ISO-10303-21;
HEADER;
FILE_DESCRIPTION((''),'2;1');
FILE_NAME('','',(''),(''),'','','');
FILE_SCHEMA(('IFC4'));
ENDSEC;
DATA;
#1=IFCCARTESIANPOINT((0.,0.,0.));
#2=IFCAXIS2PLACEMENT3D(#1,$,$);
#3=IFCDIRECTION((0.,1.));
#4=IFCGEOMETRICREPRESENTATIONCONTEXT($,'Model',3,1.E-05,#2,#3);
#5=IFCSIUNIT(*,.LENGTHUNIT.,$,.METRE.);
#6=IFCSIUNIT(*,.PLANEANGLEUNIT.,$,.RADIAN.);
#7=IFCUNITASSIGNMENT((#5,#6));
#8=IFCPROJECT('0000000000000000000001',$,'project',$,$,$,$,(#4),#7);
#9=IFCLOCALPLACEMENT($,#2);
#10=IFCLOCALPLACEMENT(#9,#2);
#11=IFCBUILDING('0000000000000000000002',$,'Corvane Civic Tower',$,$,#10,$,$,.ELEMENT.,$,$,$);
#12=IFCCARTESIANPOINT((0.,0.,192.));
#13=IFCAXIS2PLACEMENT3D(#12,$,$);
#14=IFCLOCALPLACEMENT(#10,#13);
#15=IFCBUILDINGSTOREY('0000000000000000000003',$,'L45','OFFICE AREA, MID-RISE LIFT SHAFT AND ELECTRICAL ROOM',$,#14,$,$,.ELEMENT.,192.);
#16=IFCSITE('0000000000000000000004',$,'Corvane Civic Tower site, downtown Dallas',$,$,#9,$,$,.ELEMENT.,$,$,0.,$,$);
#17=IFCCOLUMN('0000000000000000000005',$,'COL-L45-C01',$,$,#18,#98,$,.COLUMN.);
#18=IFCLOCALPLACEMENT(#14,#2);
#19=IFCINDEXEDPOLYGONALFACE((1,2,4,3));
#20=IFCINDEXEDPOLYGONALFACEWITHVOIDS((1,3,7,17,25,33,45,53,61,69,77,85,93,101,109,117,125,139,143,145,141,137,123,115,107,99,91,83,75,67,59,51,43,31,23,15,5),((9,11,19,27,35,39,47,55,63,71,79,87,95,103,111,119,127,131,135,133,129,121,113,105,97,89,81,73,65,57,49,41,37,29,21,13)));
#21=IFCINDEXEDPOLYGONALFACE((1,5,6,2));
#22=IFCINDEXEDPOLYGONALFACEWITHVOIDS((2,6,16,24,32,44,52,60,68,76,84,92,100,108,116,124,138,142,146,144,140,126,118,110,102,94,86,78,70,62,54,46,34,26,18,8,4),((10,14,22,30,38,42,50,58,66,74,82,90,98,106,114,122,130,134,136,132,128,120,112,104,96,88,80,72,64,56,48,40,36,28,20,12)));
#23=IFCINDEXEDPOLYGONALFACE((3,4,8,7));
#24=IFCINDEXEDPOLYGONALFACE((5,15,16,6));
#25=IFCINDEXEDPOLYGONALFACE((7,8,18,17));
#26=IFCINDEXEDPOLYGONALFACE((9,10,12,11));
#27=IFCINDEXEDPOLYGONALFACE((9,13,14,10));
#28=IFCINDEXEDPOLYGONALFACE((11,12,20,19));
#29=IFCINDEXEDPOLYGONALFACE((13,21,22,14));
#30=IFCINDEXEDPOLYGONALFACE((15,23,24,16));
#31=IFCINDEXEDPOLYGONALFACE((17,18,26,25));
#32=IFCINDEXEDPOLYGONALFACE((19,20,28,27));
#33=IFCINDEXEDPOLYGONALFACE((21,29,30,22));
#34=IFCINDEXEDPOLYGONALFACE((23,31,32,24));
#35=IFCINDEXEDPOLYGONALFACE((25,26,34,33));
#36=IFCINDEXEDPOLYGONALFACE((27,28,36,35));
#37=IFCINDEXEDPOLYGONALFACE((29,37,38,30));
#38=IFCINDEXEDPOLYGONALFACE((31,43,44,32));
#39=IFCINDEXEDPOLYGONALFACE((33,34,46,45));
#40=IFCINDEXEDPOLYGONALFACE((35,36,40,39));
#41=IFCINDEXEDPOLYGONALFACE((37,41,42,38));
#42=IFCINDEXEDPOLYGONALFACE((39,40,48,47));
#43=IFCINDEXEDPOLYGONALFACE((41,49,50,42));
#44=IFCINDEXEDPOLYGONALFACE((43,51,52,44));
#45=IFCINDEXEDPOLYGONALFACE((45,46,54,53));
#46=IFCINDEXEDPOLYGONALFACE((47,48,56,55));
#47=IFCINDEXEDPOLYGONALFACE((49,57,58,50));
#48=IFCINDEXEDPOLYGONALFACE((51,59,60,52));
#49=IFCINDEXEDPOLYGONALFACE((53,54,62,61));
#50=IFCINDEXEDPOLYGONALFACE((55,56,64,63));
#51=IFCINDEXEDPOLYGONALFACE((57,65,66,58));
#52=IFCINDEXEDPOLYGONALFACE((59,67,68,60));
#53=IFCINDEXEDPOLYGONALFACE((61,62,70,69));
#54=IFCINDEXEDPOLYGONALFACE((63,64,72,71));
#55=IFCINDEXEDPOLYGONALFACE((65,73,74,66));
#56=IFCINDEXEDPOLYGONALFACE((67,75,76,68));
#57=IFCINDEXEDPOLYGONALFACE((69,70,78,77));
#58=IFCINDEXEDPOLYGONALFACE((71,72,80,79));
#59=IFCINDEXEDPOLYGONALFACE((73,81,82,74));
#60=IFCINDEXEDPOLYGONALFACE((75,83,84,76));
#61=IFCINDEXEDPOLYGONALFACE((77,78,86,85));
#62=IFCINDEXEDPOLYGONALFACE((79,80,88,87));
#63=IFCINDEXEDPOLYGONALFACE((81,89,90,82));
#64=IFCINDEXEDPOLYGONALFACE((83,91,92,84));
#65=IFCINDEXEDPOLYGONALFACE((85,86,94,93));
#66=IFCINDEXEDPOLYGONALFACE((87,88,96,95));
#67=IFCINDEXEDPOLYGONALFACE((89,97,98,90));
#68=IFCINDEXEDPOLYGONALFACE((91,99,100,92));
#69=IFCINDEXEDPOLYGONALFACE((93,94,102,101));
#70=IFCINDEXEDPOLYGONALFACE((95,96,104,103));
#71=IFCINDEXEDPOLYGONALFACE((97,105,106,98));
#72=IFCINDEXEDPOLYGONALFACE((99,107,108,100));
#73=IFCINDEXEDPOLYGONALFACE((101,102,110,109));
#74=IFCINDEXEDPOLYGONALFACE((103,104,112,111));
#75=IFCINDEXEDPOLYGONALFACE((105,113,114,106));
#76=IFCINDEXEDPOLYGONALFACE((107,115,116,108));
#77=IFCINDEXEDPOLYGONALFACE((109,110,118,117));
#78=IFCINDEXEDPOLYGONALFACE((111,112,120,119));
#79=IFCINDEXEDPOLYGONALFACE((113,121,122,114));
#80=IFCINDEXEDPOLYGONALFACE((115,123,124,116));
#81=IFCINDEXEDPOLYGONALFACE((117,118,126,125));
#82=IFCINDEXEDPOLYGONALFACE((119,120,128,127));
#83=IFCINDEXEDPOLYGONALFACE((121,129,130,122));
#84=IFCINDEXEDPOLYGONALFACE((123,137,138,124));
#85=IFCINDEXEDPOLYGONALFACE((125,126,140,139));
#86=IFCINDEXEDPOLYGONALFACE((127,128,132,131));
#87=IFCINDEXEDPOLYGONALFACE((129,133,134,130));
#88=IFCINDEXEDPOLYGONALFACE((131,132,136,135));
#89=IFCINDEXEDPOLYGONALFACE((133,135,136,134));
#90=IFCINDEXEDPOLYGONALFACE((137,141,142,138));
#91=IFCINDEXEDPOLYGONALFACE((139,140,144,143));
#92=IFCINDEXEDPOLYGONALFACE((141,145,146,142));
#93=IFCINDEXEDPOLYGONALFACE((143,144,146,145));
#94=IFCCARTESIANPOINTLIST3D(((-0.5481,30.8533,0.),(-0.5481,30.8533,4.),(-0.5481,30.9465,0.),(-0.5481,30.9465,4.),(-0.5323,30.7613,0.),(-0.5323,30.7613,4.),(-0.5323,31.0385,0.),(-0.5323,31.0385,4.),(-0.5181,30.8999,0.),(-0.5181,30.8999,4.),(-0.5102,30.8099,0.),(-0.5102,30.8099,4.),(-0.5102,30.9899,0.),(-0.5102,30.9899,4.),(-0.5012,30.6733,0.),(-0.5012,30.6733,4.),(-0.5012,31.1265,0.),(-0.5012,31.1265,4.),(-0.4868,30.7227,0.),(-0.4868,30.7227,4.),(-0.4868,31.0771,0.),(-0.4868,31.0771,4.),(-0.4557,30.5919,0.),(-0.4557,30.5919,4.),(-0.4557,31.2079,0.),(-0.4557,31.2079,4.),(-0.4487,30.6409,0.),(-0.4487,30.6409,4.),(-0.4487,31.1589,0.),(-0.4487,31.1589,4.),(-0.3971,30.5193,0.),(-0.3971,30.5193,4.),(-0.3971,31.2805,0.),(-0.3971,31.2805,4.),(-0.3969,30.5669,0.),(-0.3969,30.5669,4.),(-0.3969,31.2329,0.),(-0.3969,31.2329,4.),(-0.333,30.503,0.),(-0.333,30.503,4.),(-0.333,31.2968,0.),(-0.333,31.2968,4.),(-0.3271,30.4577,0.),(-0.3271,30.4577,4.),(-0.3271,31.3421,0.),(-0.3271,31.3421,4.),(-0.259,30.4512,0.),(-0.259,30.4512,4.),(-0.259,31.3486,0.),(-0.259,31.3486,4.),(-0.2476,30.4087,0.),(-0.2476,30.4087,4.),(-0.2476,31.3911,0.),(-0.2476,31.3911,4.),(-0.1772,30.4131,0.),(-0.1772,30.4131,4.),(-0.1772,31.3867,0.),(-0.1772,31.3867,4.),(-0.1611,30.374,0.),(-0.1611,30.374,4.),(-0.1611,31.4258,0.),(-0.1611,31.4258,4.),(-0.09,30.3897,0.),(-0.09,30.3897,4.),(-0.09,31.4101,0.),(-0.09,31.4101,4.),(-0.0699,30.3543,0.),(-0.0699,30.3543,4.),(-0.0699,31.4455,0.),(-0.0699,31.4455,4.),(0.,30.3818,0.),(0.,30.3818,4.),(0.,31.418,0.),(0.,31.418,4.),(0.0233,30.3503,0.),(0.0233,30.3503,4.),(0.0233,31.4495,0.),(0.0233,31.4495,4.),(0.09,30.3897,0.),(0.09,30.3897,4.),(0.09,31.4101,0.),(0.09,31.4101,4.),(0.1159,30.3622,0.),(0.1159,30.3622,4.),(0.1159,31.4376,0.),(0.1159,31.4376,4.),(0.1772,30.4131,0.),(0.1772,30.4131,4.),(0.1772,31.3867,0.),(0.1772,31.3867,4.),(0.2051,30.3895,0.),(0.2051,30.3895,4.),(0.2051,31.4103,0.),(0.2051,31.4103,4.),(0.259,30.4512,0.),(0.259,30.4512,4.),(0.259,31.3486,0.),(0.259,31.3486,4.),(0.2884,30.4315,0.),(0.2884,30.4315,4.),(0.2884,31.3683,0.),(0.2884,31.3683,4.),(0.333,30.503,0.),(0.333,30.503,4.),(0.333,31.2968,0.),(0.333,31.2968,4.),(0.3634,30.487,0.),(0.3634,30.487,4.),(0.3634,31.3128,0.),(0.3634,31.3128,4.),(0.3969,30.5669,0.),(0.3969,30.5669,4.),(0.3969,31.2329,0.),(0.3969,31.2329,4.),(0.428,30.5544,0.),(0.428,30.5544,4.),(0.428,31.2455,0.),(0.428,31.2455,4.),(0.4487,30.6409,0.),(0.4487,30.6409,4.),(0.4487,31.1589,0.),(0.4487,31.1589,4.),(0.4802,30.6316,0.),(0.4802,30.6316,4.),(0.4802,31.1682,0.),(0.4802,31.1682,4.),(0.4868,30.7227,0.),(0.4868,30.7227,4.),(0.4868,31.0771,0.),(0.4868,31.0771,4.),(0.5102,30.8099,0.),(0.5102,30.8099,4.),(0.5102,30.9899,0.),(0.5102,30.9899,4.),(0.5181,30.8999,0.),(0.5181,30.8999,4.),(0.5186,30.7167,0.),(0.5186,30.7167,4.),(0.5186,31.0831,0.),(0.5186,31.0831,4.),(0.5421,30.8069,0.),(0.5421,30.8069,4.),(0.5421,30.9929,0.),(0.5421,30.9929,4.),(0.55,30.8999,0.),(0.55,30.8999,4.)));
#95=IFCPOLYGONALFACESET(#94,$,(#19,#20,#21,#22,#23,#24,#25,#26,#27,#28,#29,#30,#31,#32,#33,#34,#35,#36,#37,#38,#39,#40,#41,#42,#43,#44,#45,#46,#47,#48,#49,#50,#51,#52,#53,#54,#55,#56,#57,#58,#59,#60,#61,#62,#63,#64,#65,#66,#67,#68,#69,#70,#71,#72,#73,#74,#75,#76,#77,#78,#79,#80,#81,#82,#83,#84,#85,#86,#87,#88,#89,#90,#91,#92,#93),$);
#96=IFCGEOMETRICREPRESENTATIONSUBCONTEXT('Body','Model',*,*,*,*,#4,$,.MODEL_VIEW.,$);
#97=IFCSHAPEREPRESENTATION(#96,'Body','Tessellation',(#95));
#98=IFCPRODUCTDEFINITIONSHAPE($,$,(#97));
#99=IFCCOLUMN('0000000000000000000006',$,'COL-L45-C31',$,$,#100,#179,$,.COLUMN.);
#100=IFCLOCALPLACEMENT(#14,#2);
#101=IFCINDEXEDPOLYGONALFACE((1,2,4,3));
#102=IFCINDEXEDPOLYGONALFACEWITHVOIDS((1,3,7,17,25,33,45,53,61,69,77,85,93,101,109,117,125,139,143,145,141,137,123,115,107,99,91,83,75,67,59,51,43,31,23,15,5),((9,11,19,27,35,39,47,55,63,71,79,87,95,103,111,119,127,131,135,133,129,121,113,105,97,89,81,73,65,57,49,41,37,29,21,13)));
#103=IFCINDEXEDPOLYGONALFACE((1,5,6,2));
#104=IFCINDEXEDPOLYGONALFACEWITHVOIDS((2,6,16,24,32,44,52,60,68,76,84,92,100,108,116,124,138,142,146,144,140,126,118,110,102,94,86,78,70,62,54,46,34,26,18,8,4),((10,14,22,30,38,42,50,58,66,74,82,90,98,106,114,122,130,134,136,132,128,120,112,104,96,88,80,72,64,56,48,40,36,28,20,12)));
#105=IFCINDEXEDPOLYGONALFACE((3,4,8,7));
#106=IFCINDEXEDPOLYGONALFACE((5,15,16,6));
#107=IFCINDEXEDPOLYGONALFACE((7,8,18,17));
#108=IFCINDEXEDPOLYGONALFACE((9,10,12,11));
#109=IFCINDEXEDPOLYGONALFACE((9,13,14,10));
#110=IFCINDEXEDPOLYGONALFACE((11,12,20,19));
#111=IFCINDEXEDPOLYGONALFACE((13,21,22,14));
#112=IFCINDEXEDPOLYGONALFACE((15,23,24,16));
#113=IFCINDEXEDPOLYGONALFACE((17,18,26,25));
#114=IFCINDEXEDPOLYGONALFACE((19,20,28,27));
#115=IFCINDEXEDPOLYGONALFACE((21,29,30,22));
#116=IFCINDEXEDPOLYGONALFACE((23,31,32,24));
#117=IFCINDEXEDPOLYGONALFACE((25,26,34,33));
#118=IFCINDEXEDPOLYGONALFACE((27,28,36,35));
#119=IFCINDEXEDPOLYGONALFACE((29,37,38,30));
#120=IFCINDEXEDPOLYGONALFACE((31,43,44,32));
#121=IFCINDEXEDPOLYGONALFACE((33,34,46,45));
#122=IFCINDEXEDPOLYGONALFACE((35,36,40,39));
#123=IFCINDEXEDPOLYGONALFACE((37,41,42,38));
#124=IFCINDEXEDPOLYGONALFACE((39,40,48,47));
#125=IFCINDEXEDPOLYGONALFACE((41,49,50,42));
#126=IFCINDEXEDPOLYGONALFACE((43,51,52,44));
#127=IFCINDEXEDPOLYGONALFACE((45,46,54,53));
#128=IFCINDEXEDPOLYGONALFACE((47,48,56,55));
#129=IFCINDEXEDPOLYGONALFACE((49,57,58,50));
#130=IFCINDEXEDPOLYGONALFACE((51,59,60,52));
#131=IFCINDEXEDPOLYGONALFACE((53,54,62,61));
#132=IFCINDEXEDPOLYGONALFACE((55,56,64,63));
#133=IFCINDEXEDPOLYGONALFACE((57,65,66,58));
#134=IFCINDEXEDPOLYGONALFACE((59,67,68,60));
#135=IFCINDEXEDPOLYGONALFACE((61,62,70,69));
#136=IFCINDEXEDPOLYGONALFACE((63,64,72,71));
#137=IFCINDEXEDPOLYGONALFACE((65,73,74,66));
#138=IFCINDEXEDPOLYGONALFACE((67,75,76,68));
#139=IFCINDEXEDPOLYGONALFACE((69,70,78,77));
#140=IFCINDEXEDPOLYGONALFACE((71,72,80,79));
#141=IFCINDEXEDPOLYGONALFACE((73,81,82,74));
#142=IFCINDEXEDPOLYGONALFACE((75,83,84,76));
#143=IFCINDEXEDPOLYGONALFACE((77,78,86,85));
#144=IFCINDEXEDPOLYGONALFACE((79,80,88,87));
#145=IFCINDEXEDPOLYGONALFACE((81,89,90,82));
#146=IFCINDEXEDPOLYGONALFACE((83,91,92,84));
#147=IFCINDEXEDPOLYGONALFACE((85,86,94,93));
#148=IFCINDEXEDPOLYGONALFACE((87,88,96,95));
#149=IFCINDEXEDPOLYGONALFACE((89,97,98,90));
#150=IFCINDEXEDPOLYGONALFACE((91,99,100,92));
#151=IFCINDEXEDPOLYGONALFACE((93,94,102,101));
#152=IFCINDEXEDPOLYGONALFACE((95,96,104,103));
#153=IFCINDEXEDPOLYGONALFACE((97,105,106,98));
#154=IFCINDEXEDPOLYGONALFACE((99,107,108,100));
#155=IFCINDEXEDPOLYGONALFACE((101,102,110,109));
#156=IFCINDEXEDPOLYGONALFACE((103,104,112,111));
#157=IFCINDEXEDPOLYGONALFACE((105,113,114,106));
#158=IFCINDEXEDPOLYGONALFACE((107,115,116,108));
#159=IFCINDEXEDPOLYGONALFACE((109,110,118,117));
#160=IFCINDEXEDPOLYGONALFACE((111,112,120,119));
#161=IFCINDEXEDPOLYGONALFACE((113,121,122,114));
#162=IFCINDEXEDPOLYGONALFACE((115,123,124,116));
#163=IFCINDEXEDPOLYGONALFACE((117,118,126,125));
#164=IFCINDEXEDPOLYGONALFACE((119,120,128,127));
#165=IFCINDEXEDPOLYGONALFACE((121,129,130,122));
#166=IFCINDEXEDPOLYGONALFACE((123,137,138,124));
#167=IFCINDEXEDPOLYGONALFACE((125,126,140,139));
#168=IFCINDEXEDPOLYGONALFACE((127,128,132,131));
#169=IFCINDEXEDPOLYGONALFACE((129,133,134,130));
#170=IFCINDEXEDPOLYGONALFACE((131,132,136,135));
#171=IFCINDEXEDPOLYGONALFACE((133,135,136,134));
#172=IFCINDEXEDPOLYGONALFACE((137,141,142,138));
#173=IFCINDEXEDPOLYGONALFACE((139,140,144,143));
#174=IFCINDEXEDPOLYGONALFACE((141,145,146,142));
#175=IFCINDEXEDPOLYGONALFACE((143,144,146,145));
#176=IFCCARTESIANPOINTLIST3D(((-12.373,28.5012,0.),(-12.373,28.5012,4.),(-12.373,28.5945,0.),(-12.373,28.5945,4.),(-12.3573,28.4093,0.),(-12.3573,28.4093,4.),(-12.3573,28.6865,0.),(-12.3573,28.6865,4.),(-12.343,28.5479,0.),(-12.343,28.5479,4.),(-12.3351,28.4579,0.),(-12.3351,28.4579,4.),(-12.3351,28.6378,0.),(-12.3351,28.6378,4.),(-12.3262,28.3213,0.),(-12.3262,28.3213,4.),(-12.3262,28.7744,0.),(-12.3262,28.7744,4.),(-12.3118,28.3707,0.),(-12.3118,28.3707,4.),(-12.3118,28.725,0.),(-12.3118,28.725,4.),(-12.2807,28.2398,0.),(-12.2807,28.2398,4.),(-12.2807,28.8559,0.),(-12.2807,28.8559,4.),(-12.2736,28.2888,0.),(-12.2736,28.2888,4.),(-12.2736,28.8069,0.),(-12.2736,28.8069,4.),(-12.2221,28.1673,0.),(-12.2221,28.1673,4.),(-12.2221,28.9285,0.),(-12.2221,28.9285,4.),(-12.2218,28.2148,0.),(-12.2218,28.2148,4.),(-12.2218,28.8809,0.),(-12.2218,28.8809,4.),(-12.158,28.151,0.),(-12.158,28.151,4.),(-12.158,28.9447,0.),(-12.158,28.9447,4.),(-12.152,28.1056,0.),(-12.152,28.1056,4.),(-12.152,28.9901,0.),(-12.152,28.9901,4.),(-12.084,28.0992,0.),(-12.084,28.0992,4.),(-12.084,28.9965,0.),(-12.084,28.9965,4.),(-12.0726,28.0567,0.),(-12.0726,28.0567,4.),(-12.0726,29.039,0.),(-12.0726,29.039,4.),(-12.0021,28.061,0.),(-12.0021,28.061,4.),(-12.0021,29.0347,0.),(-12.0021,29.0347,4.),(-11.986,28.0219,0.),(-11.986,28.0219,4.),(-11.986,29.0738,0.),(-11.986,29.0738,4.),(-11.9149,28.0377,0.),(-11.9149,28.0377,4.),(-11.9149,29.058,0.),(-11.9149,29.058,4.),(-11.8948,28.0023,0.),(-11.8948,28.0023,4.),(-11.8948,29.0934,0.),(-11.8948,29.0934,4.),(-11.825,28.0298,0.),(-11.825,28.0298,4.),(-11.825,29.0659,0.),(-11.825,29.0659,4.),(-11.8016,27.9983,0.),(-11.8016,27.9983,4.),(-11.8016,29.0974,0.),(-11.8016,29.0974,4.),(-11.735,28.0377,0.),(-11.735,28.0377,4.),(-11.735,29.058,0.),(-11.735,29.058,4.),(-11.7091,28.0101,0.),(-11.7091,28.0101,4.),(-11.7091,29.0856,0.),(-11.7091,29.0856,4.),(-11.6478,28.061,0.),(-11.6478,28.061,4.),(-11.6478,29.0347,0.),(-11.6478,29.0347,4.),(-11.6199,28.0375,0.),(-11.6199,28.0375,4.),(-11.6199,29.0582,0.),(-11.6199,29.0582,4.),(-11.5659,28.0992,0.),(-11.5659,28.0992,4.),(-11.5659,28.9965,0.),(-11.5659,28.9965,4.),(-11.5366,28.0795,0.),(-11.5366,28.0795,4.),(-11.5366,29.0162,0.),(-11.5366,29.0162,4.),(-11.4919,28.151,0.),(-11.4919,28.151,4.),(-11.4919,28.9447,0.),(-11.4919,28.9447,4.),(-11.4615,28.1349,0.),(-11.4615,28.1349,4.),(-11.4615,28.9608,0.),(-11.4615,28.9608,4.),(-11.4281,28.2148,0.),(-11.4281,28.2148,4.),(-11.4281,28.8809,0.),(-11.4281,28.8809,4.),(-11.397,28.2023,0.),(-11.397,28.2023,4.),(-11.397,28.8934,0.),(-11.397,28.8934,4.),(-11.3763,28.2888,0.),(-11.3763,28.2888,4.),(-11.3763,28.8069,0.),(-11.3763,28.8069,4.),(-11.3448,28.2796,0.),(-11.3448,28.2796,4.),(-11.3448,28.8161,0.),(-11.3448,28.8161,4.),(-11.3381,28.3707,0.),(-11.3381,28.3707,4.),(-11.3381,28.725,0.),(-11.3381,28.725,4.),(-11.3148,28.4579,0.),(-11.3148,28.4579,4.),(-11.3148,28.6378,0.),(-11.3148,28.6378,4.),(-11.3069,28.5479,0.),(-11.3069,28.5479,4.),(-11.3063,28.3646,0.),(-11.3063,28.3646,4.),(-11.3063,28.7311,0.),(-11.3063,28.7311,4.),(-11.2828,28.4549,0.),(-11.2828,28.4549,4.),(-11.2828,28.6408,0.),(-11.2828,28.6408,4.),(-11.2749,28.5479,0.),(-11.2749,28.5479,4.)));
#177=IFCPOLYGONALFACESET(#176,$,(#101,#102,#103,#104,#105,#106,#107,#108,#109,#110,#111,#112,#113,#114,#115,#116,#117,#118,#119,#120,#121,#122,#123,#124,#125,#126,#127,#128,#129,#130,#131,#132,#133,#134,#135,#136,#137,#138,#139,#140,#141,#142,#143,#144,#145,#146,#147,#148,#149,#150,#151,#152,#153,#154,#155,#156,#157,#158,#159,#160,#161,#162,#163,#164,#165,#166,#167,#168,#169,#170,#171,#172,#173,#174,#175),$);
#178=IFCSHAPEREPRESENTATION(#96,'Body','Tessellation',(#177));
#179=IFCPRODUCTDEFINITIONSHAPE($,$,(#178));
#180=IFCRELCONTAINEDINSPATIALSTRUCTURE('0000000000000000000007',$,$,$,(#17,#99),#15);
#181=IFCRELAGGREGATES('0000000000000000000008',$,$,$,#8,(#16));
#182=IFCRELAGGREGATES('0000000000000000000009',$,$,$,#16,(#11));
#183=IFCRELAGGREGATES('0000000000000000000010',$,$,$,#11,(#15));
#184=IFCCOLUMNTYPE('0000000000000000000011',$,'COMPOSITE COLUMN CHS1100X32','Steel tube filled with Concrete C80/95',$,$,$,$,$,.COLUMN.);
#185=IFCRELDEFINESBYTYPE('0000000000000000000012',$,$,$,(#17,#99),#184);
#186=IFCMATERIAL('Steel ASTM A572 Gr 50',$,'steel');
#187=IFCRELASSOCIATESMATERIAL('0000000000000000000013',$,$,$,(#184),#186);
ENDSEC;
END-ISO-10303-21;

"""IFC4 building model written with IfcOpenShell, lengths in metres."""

from ifc_helpers import new_model, si_unit, direction, frame, origin, origin_2d, place, context, subcontext, project, spatial, hollow_circle, extrude, material, material_profile, profile_set, type_object, element, save


model = new_model("IFC4")

# Units and contexts
model_context = context("Model", 3, precision=1e-05, world=origin(), true_north=direction((0.0, 1.0)))
body_context = subcontext(model_context, "Body", "Model", "MODEL_VIEW")
ifc_project = project(units=[si_unit("LENGTHUNIT", "METRE"), si_unit("PLANEANGLEUNIT", "RADIAN")], contexts=[model_context])

# Site, building, storey
site_placement = place(None, origin())
site = spatial("IfcSite", under=ifc_project, at=site_placement, Name="Corvane Civic Tower site, downtown Dallas", CompositionType="ELEMENT", RefElevation=0.0)
building_placement = place(site_placement, origin())
building = spatial("IfcBuilding", under=site, at=building_placement, Name="Corvane Civic Tower", CompositionType="ELEMENT")
storey_placement = place(building_placement, frame((0.0, 0.0, 192.0)))
storey = spatial("IfcBuildingStorey", under=building, at=storey_placement, Name="L45", Description="OFFICE AREA, MID-RISE LIFT SHAFT AND ELECTRICAL ROOM", CompositionType="ELEMENT", Elevation=192.0)

# Columns
ifc_material_1 = material(Name="Steel ASTM A572 Gr 50", Category="steel")
ifc_material_profile_1 = material_profile(ifc_material_1, hollow_circle(Radius=0.55, WallThickness=0.032, at=origin_2d()), Name="CHS1100X32")
ifc_profile_set_1 = profile_set([ifc_material_profile_1], Name="Steel ASTM A572 Gr 50")
column_type = type_object("IfcColumnType", Name="COMPOSITE COLUMN CHS1100X32", Description="Steel tube filled with Concrete C80/95", PredefinedType="COLUMN", material=ifc_profile_set_1)
for number, where, z_axis, x_axis, name in (
    (1, (0.0, 30.8999, 0.0), (0.0, 0.0, 1.0), (1.0, 0.0, 0.0), "COL-L45-C01"),
    (2, (-11.825, 28.5479, 0.0), (0.0, 0.0, 1.0), (1.0, 0.0, 0.0), "COL-L45-C31"),
):
    element("IfcColumn", number, at=place(storey_placement, frame(where, z_axis=z_axis, x_axis=x_axis)), inside=storey, type_object=column_type, Name=name, PredefinedType="COLUMN", context=body_context, shape_type="SweptSolid", body=[
        extrude(hollow_circle(Radius=0.55, WallThickness=0.032, at=origin_2d()), origin(), (0.0, 0.0, 1.0), 4.0),
    ])

save(model, "model.ifc")
